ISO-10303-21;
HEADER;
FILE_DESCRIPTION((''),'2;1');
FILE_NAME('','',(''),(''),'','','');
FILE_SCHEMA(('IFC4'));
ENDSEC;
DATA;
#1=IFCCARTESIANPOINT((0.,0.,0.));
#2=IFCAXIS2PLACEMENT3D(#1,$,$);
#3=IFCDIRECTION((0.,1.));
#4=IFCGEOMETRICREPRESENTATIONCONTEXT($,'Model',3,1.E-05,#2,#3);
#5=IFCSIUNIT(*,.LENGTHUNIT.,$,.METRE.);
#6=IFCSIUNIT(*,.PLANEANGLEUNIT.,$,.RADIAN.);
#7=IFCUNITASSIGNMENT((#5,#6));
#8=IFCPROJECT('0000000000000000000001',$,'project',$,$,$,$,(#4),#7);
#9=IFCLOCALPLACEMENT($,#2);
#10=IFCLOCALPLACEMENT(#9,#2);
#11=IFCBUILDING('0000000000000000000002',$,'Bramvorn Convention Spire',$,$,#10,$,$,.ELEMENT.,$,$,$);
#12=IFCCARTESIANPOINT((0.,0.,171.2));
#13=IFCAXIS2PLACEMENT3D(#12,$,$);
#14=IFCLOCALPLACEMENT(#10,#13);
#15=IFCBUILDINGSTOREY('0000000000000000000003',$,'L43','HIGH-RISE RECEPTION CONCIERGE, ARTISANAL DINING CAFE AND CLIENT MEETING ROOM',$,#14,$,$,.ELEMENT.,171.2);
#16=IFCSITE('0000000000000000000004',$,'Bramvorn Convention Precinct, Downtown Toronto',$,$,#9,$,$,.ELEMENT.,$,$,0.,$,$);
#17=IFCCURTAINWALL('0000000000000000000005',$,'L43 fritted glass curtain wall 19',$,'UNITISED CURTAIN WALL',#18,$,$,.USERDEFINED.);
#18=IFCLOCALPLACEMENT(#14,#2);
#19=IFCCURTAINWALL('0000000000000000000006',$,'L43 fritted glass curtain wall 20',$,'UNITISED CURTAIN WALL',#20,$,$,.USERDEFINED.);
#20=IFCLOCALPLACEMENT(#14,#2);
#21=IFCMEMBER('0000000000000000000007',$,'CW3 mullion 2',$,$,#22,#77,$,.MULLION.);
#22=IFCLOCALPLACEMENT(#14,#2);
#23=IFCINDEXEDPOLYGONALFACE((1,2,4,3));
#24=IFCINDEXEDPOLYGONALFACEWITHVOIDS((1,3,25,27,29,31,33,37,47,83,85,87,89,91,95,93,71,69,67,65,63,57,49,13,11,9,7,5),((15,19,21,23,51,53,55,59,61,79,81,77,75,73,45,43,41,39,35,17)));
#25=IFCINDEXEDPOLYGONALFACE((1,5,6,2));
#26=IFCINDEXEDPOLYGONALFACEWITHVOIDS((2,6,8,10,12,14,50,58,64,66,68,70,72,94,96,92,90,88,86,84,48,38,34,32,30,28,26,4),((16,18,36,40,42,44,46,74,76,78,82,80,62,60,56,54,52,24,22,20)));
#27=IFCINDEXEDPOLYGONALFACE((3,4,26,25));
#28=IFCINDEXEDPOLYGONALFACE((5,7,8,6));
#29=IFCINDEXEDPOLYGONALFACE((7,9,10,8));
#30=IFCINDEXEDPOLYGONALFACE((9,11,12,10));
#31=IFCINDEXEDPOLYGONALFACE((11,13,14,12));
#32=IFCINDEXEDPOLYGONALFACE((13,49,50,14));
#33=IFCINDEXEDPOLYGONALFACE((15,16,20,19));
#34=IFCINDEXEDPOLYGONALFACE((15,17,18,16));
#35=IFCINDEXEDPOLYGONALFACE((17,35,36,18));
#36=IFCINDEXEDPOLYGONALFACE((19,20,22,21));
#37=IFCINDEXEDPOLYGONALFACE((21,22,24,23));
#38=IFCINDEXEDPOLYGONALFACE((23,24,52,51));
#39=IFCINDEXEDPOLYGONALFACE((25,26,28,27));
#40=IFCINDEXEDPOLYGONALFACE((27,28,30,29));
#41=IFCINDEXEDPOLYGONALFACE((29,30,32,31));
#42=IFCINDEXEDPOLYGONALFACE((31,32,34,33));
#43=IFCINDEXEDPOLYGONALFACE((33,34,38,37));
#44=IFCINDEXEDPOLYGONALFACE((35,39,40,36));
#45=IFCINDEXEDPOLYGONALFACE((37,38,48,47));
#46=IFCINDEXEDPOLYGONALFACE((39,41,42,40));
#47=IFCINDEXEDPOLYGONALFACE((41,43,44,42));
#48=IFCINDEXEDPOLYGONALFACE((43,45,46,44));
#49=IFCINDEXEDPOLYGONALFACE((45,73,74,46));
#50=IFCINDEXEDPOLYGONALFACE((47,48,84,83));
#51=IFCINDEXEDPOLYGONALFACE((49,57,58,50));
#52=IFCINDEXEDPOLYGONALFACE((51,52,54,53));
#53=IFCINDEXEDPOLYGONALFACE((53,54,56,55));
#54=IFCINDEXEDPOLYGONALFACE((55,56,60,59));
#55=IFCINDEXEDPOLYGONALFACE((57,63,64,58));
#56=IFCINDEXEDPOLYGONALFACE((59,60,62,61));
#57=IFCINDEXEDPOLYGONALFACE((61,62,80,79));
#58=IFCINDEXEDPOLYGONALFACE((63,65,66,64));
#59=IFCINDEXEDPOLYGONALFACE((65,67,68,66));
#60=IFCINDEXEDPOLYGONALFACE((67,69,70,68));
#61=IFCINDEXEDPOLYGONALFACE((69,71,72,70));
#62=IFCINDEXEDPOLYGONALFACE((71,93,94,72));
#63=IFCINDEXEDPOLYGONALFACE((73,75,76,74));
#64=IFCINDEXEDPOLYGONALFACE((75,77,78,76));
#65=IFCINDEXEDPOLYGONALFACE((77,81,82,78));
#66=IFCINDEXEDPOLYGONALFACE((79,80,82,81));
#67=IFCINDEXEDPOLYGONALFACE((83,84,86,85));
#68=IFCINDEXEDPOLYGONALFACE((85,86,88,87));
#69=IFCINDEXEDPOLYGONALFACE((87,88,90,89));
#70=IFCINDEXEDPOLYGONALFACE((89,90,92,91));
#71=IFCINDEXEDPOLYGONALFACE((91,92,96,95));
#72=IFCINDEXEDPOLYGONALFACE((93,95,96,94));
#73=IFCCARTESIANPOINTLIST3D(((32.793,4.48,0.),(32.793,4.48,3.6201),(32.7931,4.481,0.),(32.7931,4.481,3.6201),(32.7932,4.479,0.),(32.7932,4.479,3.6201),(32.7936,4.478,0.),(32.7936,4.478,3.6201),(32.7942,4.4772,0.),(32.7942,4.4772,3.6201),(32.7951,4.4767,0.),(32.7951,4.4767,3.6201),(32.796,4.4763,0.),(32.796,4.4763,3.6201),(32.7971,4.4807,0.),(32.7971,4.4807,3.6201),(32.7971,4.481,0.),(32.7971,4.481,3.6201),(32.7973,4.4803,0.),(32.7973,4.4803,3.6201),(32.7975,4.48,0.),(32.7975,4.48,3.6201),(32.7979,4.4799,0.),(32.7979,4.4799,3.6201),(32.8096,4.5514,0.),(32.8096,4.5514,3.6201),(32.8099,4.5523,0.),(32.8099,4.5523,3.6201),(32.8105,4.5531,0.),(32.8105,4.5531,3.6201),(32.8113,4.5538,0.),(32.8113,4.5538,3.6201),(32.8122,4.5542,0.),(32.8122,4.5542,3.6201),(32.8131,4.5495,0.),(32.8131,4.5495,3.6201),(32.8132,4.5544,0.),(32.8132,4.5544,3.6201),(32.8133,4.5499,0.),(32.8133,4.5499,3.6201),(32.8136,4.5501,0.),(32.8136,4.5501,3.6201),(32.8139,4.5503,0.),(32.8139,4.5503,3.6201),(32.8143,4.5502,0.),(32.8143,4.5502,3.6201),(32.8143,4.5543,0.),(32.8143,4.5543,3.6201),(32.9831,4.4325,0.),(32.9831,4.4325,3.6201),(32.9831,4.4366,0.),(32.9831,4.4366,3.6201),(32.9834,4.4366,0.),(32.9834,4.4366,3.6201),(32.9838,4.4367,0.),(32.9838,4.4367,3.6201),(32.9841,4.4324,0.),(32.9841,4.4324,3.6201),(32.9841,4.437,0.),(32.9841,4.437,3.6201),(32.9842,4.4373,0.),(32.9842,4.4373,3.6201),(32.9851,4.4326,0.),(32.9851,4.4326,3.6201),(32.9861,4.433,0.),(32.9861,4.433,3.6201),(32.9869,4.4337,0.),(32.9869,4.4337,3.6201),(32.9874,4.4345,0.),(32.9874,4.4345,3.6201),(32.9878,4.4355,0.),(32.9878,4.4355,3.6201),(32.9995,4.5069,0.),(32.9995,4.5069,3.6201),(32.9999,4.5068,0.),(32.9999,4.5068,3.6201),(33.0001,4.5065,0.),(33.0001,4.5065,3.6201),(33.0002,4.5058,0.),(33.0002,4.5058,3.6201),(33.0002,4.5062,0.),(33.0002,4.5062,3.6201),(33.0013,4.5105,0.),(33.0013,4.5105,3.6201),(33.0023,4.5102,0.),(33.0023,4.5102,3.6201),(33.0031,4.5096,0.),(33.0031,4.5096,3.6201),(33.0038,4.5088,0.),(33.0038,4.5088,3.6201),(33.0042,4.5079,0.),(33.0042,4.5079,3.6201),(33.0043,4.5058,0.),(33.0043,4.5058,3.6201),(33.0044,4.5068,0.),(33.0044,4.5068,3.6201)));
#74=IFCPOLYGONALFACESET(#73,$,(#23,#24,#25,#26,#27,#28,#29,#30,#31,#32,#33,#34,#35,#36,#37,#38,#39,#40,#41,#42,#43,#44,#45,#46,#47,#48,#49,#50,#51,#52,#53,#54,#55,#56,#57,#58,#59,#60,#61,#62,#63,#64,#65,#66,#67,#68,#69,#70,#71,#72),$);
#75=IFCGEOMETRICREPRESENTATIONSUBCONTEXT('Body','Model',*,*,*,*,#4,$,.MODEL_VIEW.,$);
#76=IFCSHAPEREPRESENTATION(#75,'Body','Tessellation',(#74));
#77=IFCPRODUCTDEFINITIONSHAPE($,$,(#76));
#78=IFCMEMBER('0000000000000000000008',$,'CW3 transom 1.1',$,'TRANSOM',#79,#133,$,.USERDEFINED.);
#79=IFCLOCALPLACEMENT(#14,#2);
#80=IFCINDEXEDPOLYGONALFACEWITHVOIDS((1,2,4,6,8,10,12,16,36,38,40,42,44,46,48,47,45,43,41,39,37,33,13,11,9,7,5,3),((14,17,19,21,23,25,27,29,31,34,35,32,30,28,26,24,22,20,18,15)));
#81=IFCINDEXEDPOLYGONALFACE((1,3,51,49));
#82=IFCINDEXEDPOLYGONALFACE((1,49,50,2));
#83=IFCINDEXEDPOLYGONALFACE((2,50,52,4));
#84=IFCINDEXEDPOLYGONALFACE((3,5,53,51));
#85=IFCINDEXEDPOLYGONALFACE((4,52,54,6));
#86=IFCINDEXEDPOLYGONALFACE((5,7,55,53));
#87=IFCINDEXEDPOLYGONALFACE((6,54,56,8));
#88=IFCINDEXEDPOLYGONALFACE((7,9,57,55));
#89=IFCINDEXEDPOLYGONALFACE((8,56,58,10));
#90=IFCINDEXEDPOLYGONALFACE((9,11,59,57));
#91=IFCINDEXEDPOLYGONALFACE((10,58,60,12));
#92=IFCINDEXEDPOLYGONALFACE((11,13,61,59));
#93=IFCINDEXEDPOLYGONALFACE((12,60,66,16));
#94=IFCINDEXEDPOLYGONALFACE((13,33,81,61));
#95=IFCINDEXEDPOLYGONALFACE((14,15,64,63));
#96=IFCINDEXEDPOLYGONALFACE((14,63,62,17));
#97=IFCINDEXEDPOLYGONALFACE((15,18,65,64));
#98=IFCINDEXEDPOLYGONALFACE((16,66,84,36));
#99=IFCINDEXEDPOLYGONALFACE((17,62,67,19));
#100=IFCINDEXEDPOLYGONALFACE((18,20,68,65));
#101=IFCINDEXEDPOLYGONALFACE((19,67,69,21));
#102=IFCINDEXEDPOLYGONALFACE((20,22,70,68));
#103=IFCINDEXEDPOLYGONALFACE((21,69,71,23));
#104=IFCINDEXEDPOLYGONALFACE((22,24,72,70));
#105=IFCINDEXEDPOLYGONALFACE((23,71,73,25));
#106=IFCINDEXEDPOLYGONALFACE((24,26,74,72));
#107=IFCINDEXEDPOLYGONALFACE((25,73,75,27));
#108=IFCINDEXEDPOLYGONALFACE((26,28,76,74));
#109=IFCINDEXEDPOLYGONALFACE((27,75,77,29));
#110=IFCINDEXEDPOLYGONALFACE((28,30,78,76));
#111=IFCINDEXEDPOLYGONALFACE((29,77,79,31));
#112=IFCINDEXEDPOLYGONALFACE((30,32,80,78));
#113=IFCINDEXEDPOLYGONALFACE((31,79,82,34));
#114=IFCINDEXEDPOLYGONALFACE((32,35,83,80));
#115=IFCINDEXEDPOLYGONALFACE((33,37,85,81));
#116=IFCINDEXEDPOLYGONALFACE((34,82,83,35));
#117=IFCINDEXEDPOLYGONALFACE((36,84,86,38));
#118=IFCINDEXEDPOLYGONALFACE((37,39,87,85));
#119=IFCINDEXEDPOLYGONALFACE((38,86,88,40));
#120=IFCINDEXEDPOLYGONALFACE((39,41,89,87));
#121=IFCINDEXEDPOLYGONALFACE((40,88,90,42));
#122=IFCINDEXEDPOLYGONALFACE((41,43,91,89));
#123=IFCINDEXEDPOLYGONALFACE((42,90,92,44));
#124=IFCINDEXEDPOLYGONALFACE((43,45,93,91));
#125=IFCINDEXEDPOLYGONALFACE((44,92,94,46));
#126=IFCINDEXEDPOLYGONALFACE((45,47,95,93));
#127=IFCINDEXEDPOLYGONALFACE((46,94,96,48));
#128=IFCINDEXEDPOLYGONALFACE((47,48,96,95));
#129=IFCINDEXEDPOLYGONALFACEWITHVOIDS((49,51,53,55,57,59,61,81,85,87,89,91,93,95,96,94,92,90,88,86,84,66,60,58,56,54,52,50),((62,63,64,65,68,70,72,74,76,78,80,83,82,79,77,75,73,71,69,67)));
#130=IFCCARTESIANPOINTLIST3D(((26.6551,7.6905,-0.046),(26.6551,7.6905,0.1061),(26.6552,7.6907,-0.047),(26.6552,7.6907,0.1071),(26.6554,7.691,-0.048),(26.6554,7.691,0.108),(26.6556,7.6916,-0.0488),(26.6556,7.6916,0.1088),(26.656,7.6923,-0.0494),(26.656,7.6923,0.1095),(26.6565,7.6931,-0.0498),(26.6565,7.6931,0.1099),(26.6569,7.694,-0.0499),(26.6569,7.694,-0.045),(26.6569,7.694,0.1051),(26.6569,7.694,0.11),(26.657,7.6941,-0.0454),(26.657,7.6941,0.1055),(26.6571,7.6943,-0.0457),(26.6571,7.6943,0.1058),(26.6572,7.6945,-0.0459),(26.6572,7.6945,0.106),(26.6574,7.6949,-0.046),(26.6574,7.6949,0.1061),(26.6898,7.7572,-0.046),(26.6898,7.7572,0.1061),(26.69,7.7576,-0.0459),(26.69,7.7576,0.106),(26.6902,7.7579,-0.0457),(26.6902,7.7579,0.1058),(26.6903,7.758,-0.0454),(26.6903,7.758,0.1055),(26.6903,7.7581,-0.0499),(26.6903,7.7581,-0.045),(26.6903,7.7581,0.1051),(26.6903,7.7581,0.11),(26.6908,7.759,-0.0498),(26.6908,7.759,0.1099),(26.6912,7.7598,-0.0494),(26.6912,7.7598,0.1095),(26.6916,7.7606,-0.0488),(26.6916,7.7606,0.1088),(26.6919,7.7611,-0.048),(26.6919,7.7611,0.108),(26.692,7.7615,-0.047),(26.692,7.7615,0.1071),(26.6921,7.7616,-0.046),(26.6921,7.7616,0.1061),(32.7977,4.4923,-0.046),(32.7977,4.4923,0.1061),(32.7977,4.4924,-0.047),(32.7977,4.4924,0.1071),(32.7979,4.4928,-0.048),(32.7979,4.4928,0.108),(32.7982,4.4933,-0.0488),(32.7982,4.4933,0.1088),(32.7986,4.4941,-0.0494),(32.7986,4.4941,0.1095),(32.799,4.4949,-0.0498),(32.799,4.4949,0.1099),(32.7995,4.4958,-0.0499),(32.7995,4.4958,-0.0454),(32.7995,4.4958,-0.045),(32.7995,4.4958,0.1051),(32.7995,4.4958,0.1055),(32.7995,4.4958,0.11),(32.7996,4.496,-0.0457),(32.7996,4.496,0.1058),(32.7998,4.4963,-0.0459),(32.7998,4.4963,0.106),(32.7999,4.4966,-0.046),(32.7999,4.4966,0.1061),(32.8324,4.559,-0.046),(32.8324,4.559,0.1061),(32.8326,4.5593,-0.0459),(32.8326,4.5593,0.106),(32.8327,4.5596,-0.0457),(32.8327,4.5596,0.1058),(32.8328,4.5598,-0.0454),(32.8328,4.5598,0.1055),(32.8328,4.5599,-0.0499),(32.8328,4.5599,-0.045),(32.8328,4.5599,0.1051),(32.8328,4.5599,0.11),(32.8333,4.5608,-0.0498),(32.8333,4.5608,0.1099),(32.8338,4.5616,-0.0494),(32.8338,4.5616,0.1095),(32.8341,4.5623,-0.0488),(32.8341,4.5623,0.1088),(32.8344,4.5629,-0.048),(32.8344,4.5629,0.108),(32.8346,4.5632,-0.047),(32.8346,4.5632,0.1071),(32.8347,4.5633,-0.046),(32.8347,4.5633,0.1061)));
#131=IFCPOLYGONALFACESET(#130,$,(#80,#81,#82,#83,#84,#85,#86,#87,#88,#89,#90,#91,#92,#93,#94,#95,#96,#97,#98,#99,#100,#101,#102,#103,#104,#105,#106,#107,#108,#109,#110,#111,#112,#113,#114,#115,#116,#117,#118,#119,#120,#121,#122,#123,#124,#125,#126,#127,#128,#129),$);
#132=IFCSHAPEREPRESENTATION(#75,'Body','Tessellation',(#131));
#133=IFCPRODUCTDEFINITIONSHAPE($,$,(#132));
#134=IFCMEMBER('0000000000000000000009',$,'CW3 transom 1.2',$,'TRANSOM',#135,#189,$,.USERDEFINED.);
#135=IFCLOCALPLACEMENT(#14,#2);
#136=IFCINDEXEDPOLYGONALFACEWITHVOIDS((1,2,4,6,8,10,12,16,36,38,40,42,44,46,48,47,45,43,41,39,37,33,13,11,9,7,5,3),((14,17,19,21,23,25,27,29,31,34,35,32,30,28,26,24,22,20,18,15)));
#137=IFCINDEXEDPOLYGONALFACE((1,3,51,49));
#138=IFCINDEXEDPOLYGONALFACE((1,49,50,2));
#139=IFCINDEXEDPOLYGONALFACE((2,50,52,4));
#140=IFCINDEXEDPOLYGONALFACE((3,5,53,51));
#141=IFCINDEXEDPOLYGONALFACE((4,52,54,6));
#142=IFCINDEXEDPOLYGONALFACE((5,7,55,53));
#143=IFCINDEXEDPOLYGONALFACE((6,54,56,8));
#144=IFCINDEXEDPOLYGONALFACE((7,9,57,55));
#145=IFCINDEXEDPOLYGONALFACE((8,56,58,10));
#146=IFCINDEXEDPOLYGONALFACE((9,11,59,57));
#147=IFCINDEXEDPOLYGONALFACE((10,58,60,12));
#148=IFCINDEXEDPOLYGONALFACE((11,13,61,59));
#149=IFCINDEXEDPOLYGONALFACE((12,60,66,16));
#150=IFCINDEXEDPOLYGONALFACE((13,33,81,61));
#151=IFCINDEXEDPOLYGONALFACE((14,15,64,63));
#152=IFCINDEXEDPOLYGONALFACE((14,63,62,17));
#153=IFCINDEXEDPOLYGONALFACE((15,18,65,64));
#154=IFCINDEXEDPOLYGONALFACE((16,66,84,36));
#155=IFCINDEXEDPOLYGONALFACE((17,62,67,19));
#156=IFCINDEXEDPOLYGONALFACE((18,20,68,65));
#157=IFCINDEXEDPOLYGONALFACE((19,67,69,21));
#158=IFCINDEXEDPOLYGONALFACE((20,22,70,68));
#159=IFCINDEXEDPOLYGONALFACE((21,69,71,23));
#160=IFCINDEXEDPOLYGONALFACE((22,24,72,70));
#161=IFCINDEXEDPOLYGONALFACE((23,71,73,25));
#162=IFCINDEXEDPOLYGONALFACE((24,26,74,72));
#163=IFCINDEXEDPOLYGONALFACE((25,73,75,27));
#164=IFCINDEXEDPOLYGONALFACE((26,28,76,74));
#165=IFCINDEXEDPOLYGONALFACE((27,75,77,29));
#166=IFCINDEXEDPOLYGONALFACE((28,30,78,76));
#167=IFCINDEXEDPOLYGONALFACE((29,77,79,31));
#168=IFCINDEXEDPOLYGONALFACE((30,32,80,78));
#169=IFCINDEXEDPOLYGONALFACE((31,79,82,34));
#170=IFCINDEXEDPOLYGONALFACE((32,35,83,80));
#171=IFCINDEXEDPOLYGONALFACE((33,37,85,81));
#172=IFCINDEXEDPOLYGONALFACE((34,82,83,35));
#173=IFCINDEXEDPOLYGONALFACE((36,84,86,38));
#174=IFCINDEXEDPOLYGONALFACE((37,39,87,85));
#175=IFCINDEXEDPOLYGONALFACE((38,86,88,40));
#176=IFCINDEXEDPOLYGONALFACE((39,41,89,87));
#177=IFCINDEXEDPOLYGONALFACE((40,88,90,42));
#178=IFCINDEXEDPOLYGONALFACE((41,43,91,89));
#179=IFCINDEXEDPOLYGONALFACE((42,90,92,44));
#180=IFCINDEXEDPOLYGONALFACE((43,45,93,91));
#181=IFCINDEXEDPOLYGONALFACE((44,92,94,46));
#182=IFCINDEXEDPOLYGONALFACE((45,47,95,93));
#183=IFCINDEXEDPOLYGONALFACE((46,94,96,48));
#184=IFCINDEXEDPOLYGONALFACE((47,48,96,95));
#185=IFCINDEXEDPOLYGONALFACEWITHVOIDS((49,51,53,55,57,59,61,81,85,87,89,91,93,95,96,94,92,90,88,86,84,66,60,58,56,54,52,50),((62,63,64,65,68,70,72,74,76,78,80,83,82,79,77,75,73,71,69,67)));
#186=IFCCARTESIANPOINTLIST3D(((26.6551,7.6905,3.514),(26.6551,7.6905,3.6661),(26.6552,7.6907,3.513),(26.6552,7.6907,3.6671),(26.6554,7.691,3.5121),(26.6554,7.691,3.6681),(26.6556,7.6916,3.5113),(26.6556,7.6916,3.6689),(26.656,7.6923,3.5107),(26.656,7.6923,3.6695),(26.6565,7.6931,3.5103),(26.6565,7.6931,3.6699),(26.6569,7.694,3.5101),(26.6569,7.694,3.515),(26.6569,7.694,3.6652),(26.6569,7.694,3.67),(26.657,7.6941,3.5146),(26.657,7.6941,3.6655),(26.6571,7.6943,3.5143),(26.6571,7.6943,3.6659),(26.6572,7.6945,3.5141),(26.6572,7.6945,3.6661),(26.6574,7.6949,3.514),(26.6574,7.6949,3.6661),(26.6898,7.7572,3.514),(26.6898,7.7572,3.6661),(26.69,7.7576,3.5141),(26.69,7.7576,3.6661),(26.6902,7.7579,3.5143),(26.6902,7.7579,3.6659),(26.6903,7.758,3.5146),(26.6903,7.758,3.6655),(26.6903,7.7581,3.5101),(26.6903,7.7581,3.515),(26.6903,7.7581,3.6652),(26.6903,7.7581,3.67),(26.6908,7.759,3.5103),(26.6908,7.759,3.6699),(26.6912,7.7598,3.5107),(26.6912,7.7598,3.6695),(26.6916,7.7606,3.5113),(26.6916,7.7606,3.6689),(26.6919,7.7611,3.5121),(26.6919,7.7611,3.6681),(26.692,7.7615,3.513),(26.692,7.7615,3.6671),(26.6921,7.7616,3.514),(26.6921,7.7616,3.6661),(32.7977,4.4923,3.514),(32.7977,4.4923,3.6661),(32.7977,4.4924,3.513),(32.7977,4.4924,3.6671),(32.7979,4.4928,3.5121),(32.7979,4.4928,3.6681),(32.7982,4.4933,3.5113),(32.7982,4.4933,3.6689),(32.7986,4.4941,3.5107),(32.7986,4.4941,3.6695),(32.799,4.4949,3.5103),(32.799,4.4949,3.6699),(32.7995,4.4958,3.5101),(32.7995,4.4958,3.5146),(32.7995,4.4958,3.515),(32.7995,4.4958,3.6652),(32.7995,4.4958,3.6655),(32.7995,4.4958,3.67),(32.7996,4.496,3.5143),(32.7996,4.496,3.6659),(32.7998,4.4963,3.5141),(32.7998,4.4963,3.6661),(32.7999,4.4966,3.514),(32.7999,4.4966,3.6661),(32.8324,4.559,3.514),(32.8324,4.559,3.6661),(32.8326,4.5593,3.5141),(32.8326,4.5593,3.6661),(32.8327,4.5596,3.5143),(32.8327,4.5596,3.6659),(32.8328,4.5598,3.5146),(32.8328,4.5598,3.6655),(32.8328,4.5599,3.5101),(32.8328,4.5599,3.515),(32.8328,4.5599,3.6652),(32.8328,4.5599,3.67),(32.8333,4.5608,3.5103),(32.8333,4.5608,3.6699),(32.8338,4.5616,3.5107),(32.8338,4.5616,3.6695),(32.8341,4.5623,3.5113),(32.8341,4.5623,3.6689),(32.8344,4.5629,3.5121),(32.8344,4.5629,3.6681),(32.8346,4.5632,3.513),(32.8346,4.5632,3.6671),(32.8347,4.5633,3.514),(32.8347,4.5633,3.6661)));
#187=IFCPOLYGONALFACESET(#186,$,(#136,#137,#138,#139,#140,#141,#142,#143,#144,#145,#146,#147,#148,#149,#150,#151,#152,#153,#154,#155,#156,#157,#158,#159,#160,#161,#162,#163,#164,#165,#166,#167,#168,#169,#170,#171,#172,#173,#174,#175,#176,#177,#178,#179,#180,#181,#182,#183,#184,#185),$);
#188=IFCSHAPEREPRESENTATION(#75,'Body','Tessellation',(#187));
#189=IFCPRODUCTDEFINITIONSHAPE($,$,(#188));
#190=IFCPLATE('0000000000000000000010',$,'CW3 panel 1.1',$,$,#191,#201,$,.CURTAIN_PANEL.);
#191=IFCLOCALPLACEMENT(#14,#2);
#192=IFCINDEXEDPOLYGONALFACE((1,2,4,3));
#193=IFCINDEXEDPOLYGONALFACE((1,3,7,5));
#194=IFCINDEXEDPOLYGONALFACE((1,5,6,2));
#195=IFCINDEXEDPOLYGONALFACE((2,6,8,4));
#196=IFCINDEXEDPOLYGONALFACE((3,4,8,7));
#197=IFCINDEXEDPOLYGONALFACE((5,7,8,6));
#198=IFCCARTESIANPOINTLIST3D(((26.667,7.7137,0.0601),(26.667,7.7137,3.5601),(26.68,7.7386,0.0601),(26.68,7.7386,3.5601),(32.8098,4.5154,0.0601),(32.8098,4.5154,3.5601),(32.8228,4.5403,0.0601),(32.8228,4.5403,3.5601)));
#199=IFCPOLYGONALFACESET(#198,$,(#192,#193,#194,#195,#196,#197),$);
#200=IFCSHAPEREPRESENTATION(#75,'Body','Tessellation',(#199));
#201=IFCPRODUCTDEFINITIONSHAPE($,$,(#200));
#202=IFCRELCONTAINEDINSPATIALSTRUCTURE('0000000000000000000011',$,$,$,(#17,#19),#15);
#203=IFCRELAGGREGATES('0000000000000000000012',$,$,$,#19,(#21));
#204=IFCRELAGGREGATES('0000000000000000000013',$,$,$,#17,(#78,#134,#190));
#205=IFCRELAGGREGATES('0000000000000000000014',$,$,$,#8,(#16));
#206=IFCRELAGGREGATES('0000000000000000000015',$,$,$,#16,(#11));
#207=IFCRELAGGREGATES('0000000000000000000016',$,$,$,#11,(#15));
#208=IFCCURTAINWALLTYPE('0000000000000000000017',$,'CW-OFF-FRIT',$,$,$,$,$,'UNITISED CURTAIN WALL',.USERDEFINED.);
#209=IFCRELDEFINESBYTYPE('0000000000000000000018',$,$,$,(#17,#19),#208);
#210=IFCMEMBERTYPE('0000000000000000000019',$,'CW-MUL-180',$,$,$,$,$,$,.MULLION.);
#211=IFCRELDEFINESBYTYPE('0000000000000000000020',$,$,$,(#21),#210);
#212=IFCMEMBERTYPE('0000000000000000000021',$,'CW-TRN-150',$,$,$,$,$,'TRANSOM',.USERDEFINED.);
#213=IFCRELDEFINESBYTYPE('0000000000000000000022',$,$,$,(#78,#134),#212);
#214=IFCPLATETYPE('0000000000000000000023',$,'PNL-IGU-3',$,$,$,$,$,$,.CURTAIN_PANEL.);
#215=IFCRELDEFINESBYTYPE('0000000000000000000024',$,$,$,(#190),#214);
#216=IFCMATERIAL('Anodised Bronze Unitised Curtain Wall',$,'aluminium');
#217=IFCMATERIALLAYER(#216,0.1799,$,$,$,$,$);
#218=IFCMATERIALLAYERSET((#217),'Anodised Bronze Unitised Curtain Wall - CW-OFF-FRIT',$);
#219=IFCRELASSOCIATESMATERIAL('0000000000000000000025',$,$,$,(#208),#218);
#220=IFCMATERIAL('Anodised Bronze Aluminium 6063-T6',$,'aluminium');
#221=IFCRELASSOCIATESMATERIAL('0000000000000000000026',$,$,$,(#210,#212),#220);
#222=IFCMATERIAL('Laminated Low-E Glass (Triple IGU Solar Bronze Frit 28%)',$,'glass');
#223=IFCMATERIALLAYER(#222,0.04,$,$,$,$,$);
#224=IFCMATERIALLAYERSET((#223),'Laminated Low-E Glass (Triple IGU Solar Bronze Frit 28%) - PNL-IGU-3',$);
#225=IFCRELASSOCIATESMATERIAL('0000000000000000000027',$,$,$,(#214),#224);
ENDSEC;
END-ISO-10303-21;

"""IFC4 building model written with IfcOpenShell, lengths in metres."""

from ifc_helpers import new_model, si_unit, direction, frame, origin, origin_2d, place, context, subcontext, project, spatial, rectangle, hollow_rectangle, extrude, material, layer, layer_set, material_profile, profile_set, type_object, element, aggregate, save


model = new_model("IFC4")

# Units and contexts
model_context = context("Model", 3, precision=1e-05, world=origin(), true_north=direction((0.0, 1.0)))
body_context = subcontext(model_context, "Body", "Model", "MODEL_VIEW")
ifc_project = project(units=[si_unit("LENGTHUNIT", "METRE"), si_unit("PLANEANGLEUNIT", "RADIAN")], contexts=[model_context])

# Site, building, storey
site_placement = place(None, origin())
site = spatial("IfcSite", under=ifc_project, at=site_placement, Name="Bramvorn Convention Precinct, Downtown Toronto", CompositionType="ELEMENT", RefElevation=0.0)
building_placement = place(site_placement, origin())
building = spatial("IfcBuilding", under=site, at=building_placement, Name="Bramvorn Convention Spire", CompositionType="ELEMENT")
storey_placement = place(building_placement, frame((0.0, 0.0, 171.2)))
storey = spatial("IfcBuildingStorey", under=building, at=storey_placement, Name="L43", Description="HIGH-RISE RECEPTION CONCIERGE, ARTISANAL DINING CAFE AND CLIENT MEETING ROOM", CompositionType="ELEMENT", Elevation=171.2)

# Curtain walls, member
ifc_material_1 = material(Name="Anodised Bronze Unitised Curtain Wall", Category="aluminium")
ifc_layer_1 = layer(ifc_material_1, 0.1799)
ifc_layer_set_1 = layer_set([ifc_layer_1], Name="Anodised Bronze Unitised Curtain Wall - CW-OFF-FRIT")
curtain_wall_type = type_object("IfcCurtainWallType", Name="CW-OFF-FRIT", ElementType="UNITISED CURTAIN WALL", PredefinedType="USERDEFINED", material=ifc_layer_set_1)
curtain_wall_1_placement = place(storey_placement, origin())
curtain_wall_1 = element("IfcCurtainWall", 1, at=curtain_wall_1_placement, inside=storey, type_object=curtain_wall_type, Name="L43 fritted glass curtain wall 19", ObjectType="UNITISED CURTAIN WALL", PredefinedType="USERDEFINED")
ifc_material_2 = material(Name="Anodised Bronze Aluminium 6063-T6", Category="aluminium")
ifc_material_profile_1 = material_profile(ifc_material_2, hollow_rectangle(XDim=0.0801, YDim=0.2, WallThickness=0.0039, InnerFilletRadius=0.001, OuterFilletRadius=0.0039, at=origin_2d()))
ifc_profile_set_1 = profile_set([ifc_material_profile_1], Name="Anodised Bronze Aluminium 6063-T6 - CWM80X200")
member_type_1 = type_object("IfcMemberType", Name="CW-MUL-180", PredefinedType="MULLION", material=ifc_profile_set_1)
curtain_wall_2_placement = place(storey_placement, origin())
curtain_wall_2 = element("IfcCurtainWall", 2, at=curtain_wall_2_placement, inside=storey, type_object=curtain_wall_type, Name="L43 fritted glass curtain wall 20", ObjectType="UNITISED CURTAIN WALL", PredefinedType="USERDEFINED")
member_1_placement = place(storey_placement, frame((32.8987, 4.4934, 0.0), z_axis=(0.0, 0.0, 1.0), x_axis=(-0.227667, -0.973739, 0.0)))
member_1 = element("IfcMember", 3, at=member_1_placement, type_object=member_type_1, Name="CW3 mullion 2", PredefinedType="MULLION", context=body_context, shape_type="SweptSolid", body=[
    extrude(hollow_rectangle(XDim=0.0801, YDim=0.2, WallThickness=0.0039, InnerFilletRadius=0.001, OuterFilletRadius=0.0039, at=origin_2d()), origin(), (0.0, 0.0, 1.0), 3.6201),
])
aggregate(curtain_wall_2, [member_1])

# Members
ifc_material_profile_2 = material_profile(ifc_material_2, hollow_rectangle(XDim=0.0801, YDim=0.1599, WallThickness=0.0039, InnerFilletRadius=0.001, OuterFilletRadius=0.0039, at=origin_2d()))
ifc_profile_set_2 = profile_set([ifc_material_profile_2], Name="Anodised Bronze Aluminium 6063-T6 - CWT80X160")
member_type_2 = type_object("IfcMemberType", Name="CW-TRN-150", ElementType="TRANSOM", PredefinedType="USERDEFINED", material=ifc_profile_set_2)
member_2_placement = place(storey_placement, frame((32.8162, 4.5278, 0.03), z_axis=(-0.886974, 0.461819, 0.0), x_axis=(-0.461819, -0.886974, 0.0)))
member_2 = element("IfcMember", 4, at=member_2_placement, type_object=member_type_2, Name="CW3 transom 1.1", ObjectType="TRANSOM", PredefinedType="USERDEFINED", context=body_context, shape_type="SweptSolid", body=[
    extrude(hollow_rectangle(XDim=0.0801, YDim=0.1599, WallThickness=0.0039, InnerFilletRadius=0.001, OuterFilletRadius=0.0039, at=origin_2d()), origin(), (0.0, 0.0, 1.0), 6.9253),
])
member_3_placement = place(storey_placement, frame((32.8162, 4.5278, 3.5901), z_axis=(-0.886974, 0.461819, 0.0), x_axis=(-0.461819, -0.886974, 0.0)))
member_3 = element("IfcMember", 5, at=member_3_placement, type_object=member_type_2, Name="CW3 transom 1.2", ObjectType="TRANSOM", PredefinedType="USERDEFINED", context=body_context, shape_type="SweptSolid", body=[
    extrude(hollow_rectangle(XDim=0.0801, YDim=0.1599, WallThickness=0.0039, InnerFilletRadius=0.001, OuterFilletRadius=0.0039, at=origin_2d()), origin(), (0.0, 0.0, 1.0), 6.9253),
])

# Plate
ifc_material_3 = material(Name="Laminated Low-E Glass (Triple IGU Solar Bronze Frit 28%)", Category="glass")
ifc_layer_2 = layer(ifc_material_3, 0.04)
ifc_layer_set_2 = layer_set([ifc_layer_2], Name="Laminated Low-E Glass (Triple IGU Solar Bronze Frit 28%) - PNL-IGU-3")
plate_type = type_object("IfcPlateType", Name="PNL-IGU-3", PredefinedType="CURTAIN_PANEL", material=ifc_layer_set_2)
plate_placement = place(storey_placement, frame((29.7449, 6.127, 0.0601), z_axis=(0.0, 0.0, 1.0), x_axis=(-0.886978, 0.461813, 0.0)))
plate = element("IfcPlate", 6, at=plate_placement, type_object=plate_type, Name="CW3 panel 1.1", PredefinedType="CURTAIN_PANEL", context=body_context, shape_type="SweptSolid", body=[
    extrude(rectangle(XDim=6.9255, YDim=0.0281, at=origin_2d()), origin(), (0.0, 0.0, 1.0), 3.5),
])
aggregate(curtain_wall_1, [member_2, member_3, plate])

save(model, "model.ifc")
